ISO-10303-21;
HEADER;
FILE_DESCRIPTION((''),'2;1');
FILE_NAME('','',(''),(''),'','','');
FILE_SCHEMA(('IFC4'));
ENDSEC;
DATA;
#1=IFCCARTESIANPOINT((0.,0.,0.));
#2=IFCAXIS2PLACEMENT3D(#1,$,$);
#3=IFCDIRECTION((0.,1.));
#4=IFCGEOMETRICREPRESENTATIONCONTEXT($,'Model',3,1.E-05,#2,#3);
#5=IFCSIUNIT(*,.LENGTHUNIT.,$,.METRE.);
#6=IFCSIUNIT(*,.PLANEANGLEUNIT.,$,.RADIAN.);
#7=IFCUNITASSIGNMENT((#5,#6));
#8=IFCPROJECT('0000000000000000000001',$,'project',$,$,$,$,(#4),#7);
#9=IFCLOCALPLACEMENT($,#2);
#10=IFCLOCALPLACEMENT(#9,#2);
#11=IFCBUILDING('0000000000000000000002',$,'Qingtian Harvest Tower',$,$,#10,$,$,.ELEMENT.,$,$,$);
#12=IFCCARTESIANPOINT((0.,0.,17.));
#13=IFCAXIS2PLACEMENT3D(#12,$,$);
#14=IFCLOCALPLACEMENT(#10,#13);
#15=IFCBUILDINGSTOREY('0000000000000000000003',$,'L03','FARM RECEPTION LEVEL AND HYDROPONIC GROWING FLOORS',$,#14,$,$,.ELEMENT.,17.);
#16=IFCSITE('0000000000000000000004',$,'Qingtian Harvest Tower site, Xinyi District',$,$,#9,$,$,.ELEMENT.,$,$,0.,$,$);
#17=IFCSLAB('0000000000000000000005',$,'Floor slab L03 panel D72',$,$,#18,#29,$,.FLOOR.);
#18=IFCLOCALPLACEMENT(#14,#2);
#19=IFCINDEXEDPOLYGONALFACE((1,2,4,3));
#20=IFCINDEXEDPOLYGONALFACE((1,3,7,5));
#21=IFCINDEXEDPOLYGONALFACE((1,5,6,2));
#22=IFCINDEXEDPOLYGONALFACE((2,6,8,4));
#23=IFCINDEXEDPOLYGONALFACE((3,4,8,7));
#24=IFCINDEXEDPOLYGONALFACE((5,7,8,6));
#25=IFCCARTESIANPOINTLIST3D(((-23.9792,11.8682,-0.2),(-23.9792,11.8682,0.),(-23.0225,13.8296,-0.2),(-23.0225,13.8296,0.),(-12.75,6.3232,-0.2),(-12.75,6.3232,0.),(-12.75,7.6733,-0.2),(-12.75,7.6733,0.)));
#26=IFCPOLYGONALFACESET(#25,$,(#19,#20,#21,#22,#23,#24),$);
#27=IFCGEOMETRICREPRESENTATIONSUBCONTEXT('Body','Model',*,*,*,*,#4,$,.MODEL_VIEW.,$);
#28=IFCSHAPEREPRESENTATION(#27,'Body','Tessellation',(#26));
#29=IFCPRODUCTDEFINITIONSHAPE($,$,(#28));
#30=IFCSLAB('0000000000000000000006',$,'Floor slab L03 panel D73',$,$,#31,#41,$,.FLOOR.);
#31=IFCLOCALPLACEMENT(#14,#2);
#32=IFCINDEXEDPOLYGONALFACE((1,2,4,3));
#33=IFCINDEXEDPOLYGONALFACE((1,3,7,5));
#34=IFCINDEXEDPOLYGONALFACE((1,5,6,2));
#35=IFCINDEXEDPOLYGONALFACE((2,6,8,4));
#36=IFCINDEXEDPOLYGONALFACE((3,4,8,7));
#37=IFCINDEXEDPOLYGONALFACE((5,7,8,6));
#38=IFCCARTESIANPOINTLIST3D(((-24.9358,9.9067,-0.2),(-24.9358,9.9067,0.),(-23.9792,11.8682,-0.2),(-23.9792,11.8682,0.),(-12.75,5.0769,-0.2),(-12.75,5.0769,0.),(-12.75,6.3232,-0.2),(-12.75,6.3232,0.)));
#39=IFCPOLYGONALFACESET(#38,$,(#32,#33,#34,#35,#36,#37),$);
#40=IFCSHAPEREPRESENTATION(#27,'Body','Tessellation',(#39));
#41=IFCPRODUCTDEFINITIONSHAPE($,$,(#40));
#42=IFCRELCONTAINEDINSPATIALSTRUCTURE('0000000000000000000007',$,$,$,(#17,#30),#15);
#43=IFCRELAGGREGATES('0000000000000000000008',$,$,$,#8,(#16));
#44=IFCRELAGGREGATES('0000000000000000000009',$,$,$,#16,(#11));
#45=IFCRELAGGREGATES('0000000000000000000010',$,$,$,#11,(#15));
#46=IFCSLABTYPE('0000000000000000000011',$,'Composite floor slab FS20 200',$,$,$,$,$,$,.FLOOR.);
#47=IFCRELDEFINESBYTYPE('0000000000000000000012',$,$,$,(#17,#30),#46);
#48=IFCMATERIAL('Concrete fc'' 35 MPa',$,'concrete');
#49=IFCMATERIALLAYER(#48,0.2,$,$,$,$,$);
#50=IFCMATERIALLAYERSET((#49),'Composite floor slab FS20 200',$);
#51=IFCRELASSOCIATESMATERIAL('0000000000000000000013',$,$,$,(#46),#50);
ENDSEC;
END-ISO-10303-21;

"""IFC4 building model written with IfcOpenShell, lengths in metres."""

from ifc_helpers import new_model, si_unit, direction, frame, origin, place, context, subcontext, project, spatial, polyline, outline, extrude, material, layer, layer_set, type_object, element, save


model = new_model("IFC4")

# Units and contexts
model_context = context("Model", 3, precision=1e-05, world=origin(), true_north=direction((0.0, 1.0)))
body_context = subcontext(model_context, "Body", "Model", "MODEL_VIEW")
ifc_project = project(units=[si_unit("LENGTHUNIT", "METRE"), si_unit("PLANEANGLEUNIT", "RADIAN")], contexts=[model_context])

# Site, building, storey
site_placement = place(None, origin())
site = spatial("IfcSite", under=ifc_project, at=site_placement, Name="Qingtian Harvest Tower site, Xinyi District", CompositionType="ELEMENT", RefElevation=0.0)
building_placement = place(site_placement, origin())
building = spatial("IfcBuilding", under=site, at=building_placement, Name="Qingtian Harvest Tower", CompositionType="ELEMENT")
storey_placement = place(building_placement, frame((0.0, 0.0, 17.0)))
storey = spatial("IfcBuildingStorey", under=building, at=storey_placement, Name="L03", Description="FARM RECEPTION LEVEL AND HYDROPONIC GROWING FLOORS", CompositionType="ELEMENT", Elevation=17.0)

# Slabs
ifc_material = material(Name="Concrete fc' 35 MPa", Category="concrete")
ifc_layer = layer(ifc_material, 0.2)
ifc_layer_set = layer_set([ifc_layer], Name="Composite floor slab FS20 200")
slab_type = type_object("IfcSlabType", Name="Composite floor slab FS20 200", PredefinedType="FLOOR", material=ifc_layer_set)
slab_1_placement = place(storey_placement, frame((0.0, 0.0, -0.2)))
element("IfcSlab", 1, at=slab_1_placement, inside=storey, type_object=slab_type, Name="Floor slab L03 panel D72", PredefinedType="FLOOR", context=body_context, shape_type="SweptSolid", body=[
    extrude(outline(polyline([(-12.75, 6.3232), (-23.9792, 11.8682), (-23.0225, 13.8296), (-12.75, 7.6733), (-12.75, 6.3232)])), origin(), (0.0, 0.0, 1.0), 0.2),
])
slab_2_placement = place(storey_placement, frame((0.0, 0.0, -0.2)))
element("IfcSlab", 2, at=slab_2_placement, inside=storey, type_object=slab_type, Name="Floor slab L03 panel D73", PredefinedType="FLOOR", context=body_context, shape_type="SweptSolid", body=[
    extrude(outline(polyline([(-12.75, 5.0769), (-24.9358, 9.9067), (-23.9792, 11.8682), (-12.75, 6.3232), (-12.75, 5.0769)])), origin(), (0.0, 0.0, 1.0), 0.2),
])

save(model, "model.ifc")
